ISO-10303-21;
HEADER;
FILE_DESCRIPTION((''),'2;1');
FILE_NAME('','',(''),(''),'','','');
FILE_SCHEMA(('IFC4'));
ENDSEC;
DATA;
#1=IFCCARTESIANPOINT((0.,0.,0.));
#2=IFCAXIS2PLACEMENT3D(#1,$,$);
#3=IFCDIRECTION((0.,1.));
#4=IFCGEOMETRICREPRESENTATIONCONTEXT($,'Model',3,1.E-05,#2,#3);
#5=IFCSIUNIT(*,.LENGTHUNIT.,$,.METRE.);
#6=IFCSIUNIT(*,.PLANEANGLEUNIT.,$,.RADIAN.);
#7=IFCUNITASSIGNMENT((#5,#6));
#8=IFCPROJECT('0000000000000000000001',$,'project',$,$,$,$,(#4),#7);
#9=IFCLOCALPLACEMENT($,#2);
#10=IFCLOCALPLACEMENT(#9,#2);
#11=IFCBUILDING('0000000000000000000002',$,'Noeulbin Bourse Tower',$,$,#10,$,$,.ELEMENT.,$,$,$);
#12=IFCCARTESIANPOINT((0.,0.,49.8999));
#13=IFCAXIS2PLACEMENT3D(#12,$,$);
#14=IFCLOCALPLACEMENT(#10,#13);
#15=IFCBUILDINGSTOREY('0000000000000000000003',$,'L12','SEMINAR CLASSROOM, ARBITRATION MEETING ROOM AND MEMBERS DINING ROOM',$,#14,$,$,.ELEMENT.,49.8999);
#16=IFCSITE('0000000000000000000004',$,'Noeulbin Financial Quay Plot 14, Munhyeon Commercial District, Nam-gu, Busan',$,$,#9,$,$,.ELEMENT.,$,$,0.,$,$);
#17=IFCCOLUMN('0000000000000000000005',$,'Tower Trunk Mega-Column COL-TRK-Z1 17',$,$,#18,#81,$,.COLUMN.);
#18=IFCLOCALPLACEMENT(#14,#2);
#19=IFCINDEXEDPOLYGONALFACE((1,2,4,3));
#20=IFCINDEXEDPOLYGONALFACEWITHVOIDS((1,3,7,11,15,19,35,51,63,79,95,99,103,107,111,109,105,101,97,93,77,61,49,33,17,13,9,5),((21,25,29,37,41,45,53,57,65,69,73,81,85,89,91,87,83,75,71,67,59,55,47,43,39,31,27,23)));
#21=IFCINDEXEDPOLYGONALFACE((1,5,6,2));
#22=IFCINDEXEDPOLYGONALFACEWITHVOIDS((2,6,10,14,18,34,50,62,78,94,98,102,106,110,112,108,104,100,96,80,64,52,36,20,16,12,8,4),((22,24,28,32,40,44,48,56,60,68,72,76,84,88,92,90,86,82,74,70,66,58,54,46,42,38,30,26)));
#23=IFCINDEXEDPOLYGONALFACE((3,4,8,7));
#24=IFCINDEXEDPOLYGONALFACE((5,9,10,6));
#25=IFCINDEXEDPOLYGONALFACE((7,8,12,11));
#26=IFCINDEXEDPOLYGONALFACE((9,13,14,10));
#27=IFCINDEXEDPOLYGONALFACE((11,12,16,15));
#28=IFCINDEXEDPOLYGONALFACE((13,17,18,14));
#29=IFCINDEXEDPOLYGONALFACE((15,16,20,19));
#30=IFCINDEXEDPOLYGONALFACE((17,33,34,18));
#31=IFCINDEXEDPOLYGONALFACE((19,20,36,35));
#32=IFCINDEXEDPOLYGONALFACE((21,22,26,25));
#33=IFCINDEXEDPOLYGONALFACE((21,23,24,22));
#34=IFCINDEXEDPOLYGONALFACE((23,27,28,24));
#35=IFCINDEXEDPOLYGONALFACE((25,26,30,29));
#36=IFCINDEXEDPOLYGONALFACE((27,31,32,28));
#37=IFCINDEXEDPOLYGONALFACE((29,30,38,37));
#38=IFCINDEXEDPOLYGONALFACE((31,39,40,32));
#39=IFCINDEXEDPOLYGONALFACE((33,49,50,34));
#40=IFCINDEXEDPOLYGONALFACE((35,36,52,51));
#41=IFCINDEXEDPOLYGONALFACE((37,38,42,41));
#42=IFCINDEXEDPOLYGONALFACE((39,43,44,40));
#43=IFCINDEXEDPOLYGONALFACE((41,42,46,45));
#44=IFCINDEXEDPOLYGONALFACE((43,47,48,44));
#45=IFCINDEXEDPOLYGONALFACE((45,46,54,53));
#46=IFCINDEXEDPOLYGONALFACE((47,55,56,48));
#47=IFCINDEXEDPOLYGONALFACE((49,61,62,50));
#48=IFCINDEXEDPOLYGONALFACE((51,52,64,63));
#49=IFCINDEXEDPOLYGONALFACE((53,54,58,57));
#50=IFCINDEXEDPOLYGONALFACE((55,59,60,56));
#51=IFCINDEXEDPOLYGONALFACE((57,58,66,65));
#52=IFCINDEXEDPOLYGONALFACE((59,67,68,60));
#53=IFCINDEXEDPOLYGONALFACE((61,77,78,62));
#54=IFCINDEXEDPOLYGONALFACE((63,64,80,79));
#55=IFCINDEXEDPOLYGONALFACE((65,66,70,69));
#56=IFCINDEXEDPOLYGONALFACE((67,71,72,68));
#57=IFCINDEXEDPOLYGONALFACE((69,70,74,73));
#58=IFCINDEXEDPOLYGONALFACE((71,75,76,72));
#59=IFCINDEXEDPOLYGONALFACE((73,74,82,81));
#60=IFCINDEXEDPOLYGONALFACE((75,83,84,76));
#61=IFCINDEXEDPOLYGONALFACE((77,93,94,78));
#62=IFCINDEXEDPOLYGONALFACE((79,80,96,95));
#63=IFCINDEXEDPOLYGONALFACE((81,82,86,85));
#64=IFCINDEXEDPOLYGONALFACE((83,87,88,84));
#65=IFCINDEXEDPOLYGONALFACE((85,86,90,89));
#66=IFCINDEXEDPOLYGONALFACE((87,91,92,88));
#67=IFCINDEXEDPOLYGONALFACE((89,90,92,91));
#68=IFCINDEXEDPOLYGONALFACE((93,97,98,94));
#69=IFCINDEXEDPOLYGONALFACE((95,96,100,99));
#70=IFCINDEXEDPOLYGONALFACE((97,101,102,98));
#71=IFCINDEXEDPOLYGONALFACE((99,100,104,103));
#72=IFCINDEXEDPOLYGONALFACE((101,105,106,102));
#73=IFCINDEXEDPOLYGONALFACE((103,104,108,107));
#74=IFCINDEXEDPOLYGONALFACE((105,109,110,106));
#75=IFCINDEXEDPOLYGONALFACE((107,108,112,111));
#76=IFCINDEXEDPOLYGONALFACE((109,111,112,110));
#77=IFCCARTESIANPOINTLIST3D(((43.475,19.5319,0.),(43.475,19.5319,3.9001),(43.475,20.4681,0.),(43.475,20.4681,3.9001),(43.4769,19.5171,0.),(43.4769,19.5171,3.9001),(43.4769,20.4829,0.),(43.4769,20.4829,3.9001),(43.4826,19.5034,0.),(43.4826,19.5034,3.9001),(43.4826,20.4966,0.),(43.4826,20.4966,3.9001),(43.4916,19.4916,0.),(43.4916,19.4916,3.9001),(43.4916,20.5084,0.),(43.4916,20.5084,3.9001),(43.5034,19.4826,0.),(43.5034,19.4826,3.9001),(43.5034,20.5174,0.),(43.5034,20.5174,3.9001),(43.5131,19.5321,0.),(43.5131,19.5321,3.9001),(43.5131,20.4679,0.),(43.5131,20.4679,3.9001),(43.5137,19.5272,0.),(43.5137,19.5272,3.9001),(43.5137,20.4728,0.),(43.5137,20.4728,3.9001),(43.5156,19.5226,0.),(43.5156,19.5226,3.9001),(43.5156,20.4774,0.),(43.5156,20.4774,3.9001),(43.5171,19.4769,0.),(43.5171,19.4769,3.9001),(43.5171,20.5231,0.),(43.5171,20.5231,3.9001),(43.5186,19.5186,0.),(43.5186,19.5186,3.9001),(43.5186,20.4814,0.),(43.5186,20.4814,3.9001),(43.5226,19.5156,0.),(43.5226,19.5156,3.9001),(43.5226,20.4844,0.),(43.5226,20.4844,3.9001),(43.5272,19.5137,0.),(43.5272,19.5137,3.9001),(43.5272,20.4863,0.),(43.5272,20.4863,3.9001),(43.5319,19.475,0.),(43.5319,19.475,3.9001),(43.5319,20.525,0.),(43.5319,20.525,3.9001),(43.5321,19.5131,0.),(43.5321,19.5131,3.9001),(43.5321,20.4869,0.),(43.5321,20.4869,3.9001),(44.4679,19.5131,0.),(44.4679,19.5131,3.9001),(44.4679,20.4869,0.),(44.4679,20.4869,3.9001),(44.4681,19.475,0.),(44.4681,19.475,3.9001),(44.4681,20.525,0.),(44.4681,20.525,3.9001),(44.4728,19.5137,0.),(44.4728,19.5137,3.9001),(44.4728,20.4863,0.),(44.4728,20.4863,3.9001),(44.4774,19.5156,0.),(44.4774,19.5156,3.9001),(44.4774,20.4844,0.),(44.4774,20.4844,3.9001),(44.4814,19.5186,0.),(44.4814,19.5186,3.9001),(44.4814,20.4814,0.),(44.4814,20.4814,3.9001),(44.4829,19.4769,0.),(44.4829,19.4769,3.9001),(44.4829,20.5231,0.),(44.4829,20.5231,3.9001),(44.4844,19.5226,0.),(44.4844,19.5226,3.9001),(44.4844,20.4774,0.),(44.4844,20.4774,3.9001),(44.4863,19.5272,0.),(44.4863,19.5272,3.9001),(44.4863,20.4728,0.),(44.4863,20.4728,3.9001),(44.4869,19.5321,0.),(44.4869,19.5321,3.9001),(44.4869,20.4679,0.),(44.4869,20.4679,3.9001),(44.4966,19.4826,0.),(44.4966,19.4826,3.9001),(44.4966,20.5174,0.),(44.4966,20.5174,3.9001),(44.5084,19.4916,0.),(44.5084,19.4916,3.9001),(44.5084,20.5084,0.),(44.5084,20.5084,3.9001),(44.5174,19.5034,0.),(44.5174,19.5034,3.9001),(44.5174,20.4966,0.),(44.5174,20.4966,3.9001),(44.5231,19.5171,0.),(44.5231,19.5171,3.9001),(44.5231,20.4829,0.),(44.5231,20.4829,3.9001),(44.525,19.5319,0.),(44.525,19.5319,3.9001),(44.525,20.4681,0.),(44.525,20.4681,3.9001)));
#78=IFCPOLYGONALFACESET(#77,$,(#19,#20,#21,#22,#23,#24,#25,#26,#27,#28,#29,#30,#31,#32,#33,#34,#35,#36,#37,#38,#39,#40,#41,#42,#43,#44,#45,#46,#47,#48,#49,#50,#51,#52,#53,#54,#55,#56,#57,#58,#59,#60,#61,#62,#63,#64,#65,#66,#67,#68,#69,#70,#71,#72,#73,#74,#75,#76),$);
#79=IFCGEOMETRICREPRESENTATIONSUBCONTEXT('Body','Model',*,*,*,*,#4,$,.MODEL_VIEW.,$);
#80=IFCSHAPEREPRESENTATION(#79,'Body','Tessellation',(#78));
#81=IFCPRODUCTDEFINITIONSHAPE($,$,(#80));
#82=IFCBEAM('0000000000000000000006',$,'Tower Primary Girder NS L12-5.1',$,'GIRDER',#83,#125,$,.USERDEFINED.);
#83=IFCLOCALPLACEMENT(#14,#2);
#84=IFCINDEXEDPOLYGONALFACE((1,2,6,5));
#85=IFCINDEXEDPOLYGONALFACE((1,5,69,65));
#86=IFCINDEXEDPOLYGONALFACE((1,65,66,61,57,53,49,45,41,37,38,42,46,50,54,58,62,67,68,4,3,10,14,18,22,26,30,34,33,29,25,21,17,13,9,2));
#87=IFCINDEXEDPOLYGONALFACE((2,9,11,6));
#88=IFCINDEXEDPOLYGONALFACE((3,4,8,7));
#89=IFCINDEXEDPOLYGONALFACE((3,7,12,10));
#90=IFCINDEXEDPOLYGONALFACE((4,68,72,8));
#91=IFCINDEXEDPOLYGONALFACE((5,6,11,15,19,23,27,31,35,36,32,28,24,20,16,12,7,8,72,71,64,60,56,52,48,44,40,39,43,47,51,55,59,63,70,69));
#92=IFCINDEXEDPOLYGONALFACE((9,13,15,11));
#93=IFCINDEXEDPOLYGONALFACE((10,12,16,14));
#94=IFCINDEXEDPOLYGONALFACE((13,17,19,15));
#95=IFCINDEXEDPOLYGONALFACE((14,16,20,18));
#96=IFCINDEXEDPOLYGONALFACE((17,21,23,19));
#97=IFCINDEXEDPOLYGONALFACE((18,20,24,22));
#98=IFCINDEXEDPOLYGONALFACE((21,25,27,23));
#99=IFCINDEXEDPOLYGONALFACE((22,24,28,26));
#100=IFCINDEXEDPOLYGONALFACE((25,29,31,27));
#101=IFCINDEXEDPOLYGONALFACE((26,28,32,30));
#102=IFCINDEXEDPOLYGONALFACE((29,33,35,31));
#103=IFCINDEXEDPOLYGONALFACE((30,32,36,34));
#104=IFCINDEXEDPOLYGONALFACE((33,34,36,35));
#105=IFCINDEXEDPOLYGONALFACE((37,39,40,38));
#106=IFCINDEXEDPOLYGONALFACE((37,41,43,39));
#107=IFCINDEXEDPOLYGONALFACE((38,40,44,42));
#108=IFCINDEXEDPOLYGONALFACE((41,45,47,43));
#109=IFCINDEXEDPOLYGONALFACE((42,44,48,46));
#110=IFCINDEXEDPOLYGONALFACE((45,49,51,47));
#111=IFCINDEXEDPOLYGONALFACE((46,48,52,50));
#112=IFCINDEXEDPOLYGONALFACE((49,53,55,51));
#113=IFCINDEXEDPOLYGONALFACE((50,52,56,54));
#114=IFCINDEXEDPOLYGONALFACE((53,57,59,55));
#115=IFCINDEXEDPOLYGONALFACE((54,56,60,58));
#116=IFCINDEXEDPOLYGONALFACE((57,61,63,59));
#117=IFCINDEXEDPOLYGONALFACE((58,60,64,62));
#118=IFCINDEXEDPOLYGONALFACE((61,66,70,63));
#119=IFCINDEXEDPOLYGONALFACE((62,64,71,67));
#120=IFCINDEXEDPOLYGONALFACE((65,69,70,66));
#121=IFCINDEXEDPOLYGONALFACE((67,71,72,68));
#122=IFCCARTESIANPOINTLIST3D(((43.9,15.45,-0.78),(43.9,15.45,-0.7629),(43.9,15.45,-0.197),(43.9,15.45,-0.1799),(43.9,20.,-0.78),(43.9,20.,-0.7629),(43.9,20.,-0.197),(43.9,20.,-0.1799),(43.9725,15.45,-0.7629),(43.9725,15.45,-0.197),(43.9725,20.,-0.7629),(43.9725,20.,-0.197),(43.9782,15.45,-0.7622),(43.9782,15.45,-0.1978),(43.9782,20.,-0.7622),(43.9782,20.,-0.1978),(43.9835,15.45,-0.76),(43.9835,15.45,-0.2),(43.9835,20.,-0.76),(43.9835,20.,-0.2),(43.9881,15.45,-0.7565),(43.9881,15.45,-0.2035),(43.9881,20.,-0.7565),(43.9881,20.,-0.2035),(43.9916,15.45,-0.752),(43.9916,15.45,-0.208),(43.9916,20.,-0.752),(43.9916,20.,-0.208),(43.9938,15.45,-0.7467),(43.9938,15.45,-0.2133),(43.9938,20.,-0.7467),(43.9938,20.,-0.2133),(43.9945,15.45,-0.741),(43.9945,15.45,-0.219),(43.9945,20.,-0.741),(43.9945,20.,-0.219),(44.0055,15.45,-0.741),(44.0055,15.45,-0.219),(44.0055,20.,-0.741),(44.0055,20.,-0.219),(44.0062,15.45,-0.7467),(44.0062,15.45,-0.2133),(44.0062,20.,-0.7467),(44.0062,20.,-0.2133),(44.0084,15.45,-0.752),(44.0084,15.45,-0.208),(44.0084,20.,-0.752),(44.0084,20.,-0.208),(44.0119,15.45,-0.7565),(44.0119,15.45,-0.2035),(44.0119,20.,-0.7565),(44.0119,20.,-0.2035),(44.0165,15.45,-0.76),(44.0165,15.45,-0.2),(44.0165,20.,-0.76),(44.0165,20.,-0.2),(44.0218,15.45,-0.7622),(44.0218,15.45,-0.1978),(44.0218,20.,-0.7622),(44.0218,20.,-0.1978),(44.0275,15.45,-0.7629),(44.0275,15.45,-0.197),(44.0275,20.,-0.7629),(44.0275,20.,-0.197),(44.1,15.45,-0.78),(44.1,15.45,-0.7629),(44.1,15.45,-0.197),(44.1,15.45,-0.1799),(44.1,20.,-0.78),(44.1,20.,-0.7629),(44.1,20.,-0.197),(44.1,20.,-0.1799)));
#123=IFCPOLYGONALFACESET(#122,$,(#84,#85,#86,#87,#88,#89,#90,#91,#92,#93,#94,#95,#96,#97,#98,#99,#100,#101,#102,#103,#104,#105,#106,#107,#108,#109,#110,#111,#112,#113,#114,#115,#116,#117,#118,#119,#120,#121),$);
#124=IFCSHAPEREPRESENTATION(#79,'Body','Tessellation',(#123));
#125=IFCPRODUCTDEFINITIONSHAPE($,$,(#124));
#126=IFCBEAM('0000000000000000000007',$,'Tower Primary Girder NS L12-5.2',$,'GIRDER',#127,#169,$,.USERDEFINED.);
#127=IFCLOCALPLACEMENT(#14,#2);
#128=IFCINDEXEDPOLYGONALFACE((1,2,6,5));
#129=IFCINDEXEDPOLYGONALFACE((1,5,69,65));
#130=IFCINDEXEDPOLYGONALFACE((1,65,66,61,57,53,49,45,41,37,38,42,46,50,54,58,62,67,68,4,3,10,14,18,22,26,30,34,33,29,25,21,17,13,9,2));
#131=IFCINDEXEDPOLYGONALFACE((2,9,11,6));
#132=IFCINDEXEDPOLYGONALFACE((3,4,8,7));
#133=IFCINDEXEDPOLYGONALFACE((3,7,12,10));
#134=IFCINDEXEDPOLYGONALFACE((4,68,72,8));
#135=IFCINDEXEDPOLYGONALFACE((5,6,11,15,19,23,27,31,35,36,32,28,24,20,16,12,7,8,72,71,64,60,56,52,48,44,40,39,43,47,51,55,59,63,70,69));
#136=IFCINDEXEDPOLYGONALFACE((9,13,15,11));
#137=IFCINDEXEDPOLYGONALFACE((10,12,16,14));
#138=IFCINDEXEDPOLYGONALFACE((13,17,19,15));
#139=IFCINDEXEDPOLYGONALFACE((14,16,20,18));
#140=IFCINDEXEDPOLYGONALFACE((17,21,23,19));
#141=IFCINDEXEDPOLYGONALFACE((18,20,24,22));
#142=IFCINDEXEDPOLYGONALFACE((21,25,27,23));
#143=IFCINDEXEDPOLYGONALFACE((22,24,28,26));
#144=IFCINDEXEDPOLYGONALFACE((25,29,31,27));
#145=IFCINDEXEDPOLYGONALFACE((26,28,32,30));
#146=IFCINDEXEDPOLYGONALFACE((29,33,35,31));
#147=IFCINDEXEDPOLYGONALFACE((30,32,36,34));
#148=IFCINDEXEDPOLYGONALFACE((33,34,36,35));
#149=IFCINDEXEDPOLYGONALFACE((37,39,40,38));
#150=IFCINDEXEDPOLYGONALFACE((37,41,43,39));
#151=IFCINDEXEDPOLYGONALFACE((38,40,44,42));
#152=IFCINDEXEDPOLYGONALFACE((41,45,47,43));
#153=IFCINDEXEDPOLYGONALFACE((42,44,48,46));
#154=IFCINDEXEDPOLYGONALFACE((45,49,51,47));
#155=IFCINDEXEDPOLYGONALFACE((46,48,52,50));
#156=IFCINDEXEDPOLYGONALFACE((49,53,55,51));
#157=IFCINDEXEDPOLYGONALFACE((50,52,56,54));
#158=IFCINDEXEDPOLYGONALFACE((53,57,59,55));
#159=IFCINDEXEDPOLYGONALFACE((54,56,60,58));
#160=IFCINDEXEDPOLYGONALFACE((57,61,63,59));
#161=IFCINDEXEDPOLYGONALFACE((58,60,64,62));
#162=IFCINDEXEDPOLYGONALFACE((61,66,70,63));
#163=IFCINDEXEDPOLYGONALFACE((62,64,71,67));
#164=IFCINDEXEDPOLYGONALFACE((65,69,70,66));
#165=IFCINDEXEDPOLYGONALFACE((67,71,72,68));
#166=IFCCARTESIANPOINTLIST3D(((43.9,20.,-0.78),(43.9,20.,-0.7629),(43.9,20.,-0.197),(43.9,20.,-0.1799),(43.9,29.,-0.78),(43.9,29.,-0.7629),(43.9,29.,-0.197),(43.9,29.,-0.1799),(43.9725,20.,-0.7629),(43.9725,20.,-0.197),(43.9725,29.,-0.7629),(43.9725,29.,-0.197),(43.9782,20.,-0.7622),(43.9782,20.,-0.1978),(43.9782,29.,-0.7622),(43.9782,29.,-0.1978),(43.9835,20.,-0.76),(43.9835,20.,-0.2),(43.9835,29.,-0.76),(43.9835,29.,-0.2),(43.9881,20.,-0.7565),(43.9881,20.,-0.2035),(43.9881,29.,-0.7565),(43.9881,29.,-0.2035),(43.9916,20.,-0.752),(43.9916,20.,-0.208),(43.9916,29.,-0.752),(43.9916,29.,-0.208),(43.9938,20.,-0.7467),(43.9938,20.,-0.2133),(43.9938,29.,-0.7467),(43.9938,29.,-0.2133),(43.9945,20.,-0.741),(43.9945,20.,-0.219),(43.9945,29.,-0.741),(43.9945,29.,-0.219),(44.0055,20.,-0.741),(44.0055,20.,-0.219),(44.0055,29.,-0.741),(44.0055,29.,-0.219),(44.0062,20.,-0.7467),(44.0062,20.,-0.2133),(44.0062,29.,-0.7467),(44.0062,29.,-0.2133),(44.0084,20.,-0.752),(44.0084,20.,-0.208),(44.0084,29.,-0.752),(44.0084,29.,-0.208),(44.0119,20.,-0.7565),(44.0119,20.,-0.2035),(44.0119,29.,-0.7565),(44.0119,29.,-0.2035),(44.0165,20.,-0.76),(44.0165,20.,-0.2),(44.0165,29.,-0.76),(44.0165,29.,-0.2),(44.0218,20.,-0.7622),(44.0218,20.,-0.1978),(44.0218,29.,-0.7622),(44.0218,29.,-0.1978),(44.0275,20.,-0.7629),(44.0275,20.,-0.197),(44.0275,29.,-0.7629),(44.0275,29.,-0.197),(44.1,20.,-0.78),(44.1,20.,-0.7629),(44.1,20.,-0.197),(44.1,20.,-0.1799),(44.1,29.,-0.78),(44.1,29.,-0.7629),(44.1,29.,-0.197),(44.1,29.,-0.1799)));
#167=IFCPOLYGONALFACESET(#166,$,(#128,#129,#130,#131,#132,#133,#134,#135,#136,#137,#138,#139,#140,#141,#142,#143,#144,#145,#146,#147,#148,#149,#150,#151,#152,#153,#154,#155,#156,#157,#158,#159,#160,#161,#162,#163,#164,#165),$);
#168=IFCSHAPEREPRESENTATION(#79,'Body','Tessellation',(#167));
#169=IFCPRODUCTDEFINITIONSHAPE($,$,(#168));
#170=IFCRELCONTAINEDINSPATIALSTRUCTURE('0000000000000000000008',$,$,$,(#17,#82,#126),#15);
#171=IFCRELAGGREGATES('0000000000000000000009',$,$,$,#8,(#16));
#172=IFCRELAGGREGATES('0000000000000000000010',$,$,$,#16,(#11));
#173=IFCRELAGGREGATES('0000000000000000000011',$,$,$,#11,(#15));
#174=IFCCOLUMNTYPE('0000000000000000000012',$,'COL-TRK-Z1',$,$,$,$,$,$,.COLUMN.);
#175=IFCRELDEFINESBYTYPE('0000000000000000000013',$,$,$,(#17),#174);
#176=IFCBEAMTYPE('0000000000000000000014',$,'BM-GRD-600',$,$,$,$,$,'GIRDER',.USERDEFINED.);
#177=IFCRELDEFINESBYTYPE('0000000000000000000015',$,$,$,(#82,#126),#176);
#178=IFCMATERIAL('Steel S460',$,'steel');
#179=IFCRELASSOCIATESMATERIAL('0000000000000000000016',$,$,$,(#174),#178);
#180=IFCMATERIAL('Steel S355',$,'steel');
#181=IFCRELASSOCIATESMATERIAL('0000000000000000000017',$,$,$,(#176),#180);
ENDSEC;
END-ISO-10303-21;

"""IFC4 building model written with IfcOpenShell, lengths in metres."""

from ifc_helpers import new_model, si_unit, direction, frame, origin, origin_2d, place, context, subcontext, project, spatial, hollow_rectangle, i_section, extrude, material, material_profile, profile_set, type_object, element, save


model = new_model("IFC4")

# Units and contexts
model_context = context("Model", 3, precision=1e-05, world=origin(), true_north=direction((0.0, 1.0)))
body_context = subcontext(model_context, "Body", "Model", "MODEL_VIEW")
ifc_project = project(units=[si_unit("LENGTHUNIT", "METRE"), si_unit("PLANEANGLEUNIT", "RADIAN")], contexts=[model_context])

# Site, building, storey
site_placement = place(None, origin())
site = spatial("IfcSite", under=ifc_project, at=site_placement, Name="Noeulbin Financial Quay Plot 14, Munhyeon Commercial District, Nam-gu, Busan", CompositionType="ELEMENT", RefElevation=0.0)
building_placement = place(site_placement, origin())
building = spatial("IfcBuilding", under=site, at=building_placement, Name="Noeulbin Bourse Tower", CompositionType="ELEMENT")
storey_placement = place(building_placement, frame((0.0, 0.0, 49.8999)))
storey = spatial("IfcBuildingStorey", under=building, at=storey_placement, Name="L12", Description="SEMINAR CLASSROOM, ARBITRATION MEETING ROOM AND MEMBERS DINING ROOM", CompositionType="ELEMENT", Elevation=49.8999)

# Column
ifc_material_1 = material(Name="Steel S460", Category="steel")
ifc_material_profile_1 = material_profile(ifc_material_1, hollow_rectangle(XDim=1.05, YDim=1.05, WallThickness=0.0381, InnerFilletRadius=0.019, OuterFilletRadius=0.0569, at=origin_2d()), Name="BOX-1050x1050x38", Category="LoadBearing")
ifc_profile_set_1 = profile_set([ifc_material_profile_1], Name="Steel S460")
column_type_1 = type_object("IfcColumnType", Name="COL-TRK-Z1", PredefinedType="COLUMN", material=ifc_profile_set_1)
for number, where, z_axis, x_axis, name in (
    (1, (44.0, 20.0, 0.0), (0.0, 0.0, 1.0), (1.0, 0.0, 0.0), "Tower Trunk Mega-Column COL-TRK-Z1 17"),
):
    element("IfcColumn", number, at=place(storey_placement, frame(where, z_axis=z_axis, x_axis=x_axis)), inside=storey, type_object=column_type_1, Name=name, PredefinedType="COLUMN", context=body_context, shape_type="SweptSolid", body=[
        extrude(hollow_rectangle(XDim=1.05, YDim=1.05, WallThickness=0.0381, InnerFilletRadius=0.019, OuterFilletRadius=0.0569, at=origin_2d()), origin(), (0.0, 0.0, 1.0), 3.9001),
    ])

# Beams
ifc_material_2 = material(Name="Steel S355", Category="steel")
ifc_material_profile_2 = material_profile(ifc_material_2, i_section(OverallWidth=0.2, OverallDepth=0.6001, WebThickness=0.011, FlangeThickness=0.0171, FilletRadius=0.022, at=origin_2d()), Name="H-600x200x11x17", Category="LoadBearing")
ifc_profile_set_2 = profile_set([ifc_material_profile_2], Name="Steel S355")
beam_type_1 = type_object("IfcBeamType", Name="BM-GRD-600", ElementType="GIRDER", PredefinedType="USERDEFINED", material=ifc_profile_set_2)
beam_1_placement = place(storey_placement, frame((44.0, 15.45, -0.48), z_axis=(0.0, 1.0, 0.0), x_axis=(-1.0, 0.0, 0.0)))
element("IfcBeam", 2, at=beam_1_placement, inside=storey, type_object=beam_type_1, Name="Tower Primary Girder NS L12-5.1", ObjectType="GIRDER", PredefinedType="USERDEFINED", context=body_context, shape_type="SweptSolid", body=[
    extrude(i_section(OverallWidth=0.2, OverallDepth=0.6001, WebThickness=0.011, FlangeThickness=0.0171, FilletRadius=0.022, at=origin_2d()), origin(), (0.0, 0.0, 1.0), 4.55),
])
beam_2_placement = place(storey_placement, frame((44.0, 20.0, -0.48), z_axis=(0.0, 1.0, 0.0), x_axis=(-1.0, 0.0, 0.0)))
element("IfcBeam", 3, at=beam_2_placement, inside=storey, type_object=beam_type_1, Name="Tower Primary Girder NS L12-5.2", ObjectType="GIRDER", PredefinedType="USERDEFINED", context=body_context, shape_type="SweptSolid", body=[
    extrude(i_section(OverallWidth=0.2, OverallDepth=0.6001, WebThickness=0.011, FlangeThickness=0.0171, FilletRadius=0.022, at=origin_2d()), origin(), (0.0, 0.0, 1.0), 9.0),
])

save(model, "model.ifc")
